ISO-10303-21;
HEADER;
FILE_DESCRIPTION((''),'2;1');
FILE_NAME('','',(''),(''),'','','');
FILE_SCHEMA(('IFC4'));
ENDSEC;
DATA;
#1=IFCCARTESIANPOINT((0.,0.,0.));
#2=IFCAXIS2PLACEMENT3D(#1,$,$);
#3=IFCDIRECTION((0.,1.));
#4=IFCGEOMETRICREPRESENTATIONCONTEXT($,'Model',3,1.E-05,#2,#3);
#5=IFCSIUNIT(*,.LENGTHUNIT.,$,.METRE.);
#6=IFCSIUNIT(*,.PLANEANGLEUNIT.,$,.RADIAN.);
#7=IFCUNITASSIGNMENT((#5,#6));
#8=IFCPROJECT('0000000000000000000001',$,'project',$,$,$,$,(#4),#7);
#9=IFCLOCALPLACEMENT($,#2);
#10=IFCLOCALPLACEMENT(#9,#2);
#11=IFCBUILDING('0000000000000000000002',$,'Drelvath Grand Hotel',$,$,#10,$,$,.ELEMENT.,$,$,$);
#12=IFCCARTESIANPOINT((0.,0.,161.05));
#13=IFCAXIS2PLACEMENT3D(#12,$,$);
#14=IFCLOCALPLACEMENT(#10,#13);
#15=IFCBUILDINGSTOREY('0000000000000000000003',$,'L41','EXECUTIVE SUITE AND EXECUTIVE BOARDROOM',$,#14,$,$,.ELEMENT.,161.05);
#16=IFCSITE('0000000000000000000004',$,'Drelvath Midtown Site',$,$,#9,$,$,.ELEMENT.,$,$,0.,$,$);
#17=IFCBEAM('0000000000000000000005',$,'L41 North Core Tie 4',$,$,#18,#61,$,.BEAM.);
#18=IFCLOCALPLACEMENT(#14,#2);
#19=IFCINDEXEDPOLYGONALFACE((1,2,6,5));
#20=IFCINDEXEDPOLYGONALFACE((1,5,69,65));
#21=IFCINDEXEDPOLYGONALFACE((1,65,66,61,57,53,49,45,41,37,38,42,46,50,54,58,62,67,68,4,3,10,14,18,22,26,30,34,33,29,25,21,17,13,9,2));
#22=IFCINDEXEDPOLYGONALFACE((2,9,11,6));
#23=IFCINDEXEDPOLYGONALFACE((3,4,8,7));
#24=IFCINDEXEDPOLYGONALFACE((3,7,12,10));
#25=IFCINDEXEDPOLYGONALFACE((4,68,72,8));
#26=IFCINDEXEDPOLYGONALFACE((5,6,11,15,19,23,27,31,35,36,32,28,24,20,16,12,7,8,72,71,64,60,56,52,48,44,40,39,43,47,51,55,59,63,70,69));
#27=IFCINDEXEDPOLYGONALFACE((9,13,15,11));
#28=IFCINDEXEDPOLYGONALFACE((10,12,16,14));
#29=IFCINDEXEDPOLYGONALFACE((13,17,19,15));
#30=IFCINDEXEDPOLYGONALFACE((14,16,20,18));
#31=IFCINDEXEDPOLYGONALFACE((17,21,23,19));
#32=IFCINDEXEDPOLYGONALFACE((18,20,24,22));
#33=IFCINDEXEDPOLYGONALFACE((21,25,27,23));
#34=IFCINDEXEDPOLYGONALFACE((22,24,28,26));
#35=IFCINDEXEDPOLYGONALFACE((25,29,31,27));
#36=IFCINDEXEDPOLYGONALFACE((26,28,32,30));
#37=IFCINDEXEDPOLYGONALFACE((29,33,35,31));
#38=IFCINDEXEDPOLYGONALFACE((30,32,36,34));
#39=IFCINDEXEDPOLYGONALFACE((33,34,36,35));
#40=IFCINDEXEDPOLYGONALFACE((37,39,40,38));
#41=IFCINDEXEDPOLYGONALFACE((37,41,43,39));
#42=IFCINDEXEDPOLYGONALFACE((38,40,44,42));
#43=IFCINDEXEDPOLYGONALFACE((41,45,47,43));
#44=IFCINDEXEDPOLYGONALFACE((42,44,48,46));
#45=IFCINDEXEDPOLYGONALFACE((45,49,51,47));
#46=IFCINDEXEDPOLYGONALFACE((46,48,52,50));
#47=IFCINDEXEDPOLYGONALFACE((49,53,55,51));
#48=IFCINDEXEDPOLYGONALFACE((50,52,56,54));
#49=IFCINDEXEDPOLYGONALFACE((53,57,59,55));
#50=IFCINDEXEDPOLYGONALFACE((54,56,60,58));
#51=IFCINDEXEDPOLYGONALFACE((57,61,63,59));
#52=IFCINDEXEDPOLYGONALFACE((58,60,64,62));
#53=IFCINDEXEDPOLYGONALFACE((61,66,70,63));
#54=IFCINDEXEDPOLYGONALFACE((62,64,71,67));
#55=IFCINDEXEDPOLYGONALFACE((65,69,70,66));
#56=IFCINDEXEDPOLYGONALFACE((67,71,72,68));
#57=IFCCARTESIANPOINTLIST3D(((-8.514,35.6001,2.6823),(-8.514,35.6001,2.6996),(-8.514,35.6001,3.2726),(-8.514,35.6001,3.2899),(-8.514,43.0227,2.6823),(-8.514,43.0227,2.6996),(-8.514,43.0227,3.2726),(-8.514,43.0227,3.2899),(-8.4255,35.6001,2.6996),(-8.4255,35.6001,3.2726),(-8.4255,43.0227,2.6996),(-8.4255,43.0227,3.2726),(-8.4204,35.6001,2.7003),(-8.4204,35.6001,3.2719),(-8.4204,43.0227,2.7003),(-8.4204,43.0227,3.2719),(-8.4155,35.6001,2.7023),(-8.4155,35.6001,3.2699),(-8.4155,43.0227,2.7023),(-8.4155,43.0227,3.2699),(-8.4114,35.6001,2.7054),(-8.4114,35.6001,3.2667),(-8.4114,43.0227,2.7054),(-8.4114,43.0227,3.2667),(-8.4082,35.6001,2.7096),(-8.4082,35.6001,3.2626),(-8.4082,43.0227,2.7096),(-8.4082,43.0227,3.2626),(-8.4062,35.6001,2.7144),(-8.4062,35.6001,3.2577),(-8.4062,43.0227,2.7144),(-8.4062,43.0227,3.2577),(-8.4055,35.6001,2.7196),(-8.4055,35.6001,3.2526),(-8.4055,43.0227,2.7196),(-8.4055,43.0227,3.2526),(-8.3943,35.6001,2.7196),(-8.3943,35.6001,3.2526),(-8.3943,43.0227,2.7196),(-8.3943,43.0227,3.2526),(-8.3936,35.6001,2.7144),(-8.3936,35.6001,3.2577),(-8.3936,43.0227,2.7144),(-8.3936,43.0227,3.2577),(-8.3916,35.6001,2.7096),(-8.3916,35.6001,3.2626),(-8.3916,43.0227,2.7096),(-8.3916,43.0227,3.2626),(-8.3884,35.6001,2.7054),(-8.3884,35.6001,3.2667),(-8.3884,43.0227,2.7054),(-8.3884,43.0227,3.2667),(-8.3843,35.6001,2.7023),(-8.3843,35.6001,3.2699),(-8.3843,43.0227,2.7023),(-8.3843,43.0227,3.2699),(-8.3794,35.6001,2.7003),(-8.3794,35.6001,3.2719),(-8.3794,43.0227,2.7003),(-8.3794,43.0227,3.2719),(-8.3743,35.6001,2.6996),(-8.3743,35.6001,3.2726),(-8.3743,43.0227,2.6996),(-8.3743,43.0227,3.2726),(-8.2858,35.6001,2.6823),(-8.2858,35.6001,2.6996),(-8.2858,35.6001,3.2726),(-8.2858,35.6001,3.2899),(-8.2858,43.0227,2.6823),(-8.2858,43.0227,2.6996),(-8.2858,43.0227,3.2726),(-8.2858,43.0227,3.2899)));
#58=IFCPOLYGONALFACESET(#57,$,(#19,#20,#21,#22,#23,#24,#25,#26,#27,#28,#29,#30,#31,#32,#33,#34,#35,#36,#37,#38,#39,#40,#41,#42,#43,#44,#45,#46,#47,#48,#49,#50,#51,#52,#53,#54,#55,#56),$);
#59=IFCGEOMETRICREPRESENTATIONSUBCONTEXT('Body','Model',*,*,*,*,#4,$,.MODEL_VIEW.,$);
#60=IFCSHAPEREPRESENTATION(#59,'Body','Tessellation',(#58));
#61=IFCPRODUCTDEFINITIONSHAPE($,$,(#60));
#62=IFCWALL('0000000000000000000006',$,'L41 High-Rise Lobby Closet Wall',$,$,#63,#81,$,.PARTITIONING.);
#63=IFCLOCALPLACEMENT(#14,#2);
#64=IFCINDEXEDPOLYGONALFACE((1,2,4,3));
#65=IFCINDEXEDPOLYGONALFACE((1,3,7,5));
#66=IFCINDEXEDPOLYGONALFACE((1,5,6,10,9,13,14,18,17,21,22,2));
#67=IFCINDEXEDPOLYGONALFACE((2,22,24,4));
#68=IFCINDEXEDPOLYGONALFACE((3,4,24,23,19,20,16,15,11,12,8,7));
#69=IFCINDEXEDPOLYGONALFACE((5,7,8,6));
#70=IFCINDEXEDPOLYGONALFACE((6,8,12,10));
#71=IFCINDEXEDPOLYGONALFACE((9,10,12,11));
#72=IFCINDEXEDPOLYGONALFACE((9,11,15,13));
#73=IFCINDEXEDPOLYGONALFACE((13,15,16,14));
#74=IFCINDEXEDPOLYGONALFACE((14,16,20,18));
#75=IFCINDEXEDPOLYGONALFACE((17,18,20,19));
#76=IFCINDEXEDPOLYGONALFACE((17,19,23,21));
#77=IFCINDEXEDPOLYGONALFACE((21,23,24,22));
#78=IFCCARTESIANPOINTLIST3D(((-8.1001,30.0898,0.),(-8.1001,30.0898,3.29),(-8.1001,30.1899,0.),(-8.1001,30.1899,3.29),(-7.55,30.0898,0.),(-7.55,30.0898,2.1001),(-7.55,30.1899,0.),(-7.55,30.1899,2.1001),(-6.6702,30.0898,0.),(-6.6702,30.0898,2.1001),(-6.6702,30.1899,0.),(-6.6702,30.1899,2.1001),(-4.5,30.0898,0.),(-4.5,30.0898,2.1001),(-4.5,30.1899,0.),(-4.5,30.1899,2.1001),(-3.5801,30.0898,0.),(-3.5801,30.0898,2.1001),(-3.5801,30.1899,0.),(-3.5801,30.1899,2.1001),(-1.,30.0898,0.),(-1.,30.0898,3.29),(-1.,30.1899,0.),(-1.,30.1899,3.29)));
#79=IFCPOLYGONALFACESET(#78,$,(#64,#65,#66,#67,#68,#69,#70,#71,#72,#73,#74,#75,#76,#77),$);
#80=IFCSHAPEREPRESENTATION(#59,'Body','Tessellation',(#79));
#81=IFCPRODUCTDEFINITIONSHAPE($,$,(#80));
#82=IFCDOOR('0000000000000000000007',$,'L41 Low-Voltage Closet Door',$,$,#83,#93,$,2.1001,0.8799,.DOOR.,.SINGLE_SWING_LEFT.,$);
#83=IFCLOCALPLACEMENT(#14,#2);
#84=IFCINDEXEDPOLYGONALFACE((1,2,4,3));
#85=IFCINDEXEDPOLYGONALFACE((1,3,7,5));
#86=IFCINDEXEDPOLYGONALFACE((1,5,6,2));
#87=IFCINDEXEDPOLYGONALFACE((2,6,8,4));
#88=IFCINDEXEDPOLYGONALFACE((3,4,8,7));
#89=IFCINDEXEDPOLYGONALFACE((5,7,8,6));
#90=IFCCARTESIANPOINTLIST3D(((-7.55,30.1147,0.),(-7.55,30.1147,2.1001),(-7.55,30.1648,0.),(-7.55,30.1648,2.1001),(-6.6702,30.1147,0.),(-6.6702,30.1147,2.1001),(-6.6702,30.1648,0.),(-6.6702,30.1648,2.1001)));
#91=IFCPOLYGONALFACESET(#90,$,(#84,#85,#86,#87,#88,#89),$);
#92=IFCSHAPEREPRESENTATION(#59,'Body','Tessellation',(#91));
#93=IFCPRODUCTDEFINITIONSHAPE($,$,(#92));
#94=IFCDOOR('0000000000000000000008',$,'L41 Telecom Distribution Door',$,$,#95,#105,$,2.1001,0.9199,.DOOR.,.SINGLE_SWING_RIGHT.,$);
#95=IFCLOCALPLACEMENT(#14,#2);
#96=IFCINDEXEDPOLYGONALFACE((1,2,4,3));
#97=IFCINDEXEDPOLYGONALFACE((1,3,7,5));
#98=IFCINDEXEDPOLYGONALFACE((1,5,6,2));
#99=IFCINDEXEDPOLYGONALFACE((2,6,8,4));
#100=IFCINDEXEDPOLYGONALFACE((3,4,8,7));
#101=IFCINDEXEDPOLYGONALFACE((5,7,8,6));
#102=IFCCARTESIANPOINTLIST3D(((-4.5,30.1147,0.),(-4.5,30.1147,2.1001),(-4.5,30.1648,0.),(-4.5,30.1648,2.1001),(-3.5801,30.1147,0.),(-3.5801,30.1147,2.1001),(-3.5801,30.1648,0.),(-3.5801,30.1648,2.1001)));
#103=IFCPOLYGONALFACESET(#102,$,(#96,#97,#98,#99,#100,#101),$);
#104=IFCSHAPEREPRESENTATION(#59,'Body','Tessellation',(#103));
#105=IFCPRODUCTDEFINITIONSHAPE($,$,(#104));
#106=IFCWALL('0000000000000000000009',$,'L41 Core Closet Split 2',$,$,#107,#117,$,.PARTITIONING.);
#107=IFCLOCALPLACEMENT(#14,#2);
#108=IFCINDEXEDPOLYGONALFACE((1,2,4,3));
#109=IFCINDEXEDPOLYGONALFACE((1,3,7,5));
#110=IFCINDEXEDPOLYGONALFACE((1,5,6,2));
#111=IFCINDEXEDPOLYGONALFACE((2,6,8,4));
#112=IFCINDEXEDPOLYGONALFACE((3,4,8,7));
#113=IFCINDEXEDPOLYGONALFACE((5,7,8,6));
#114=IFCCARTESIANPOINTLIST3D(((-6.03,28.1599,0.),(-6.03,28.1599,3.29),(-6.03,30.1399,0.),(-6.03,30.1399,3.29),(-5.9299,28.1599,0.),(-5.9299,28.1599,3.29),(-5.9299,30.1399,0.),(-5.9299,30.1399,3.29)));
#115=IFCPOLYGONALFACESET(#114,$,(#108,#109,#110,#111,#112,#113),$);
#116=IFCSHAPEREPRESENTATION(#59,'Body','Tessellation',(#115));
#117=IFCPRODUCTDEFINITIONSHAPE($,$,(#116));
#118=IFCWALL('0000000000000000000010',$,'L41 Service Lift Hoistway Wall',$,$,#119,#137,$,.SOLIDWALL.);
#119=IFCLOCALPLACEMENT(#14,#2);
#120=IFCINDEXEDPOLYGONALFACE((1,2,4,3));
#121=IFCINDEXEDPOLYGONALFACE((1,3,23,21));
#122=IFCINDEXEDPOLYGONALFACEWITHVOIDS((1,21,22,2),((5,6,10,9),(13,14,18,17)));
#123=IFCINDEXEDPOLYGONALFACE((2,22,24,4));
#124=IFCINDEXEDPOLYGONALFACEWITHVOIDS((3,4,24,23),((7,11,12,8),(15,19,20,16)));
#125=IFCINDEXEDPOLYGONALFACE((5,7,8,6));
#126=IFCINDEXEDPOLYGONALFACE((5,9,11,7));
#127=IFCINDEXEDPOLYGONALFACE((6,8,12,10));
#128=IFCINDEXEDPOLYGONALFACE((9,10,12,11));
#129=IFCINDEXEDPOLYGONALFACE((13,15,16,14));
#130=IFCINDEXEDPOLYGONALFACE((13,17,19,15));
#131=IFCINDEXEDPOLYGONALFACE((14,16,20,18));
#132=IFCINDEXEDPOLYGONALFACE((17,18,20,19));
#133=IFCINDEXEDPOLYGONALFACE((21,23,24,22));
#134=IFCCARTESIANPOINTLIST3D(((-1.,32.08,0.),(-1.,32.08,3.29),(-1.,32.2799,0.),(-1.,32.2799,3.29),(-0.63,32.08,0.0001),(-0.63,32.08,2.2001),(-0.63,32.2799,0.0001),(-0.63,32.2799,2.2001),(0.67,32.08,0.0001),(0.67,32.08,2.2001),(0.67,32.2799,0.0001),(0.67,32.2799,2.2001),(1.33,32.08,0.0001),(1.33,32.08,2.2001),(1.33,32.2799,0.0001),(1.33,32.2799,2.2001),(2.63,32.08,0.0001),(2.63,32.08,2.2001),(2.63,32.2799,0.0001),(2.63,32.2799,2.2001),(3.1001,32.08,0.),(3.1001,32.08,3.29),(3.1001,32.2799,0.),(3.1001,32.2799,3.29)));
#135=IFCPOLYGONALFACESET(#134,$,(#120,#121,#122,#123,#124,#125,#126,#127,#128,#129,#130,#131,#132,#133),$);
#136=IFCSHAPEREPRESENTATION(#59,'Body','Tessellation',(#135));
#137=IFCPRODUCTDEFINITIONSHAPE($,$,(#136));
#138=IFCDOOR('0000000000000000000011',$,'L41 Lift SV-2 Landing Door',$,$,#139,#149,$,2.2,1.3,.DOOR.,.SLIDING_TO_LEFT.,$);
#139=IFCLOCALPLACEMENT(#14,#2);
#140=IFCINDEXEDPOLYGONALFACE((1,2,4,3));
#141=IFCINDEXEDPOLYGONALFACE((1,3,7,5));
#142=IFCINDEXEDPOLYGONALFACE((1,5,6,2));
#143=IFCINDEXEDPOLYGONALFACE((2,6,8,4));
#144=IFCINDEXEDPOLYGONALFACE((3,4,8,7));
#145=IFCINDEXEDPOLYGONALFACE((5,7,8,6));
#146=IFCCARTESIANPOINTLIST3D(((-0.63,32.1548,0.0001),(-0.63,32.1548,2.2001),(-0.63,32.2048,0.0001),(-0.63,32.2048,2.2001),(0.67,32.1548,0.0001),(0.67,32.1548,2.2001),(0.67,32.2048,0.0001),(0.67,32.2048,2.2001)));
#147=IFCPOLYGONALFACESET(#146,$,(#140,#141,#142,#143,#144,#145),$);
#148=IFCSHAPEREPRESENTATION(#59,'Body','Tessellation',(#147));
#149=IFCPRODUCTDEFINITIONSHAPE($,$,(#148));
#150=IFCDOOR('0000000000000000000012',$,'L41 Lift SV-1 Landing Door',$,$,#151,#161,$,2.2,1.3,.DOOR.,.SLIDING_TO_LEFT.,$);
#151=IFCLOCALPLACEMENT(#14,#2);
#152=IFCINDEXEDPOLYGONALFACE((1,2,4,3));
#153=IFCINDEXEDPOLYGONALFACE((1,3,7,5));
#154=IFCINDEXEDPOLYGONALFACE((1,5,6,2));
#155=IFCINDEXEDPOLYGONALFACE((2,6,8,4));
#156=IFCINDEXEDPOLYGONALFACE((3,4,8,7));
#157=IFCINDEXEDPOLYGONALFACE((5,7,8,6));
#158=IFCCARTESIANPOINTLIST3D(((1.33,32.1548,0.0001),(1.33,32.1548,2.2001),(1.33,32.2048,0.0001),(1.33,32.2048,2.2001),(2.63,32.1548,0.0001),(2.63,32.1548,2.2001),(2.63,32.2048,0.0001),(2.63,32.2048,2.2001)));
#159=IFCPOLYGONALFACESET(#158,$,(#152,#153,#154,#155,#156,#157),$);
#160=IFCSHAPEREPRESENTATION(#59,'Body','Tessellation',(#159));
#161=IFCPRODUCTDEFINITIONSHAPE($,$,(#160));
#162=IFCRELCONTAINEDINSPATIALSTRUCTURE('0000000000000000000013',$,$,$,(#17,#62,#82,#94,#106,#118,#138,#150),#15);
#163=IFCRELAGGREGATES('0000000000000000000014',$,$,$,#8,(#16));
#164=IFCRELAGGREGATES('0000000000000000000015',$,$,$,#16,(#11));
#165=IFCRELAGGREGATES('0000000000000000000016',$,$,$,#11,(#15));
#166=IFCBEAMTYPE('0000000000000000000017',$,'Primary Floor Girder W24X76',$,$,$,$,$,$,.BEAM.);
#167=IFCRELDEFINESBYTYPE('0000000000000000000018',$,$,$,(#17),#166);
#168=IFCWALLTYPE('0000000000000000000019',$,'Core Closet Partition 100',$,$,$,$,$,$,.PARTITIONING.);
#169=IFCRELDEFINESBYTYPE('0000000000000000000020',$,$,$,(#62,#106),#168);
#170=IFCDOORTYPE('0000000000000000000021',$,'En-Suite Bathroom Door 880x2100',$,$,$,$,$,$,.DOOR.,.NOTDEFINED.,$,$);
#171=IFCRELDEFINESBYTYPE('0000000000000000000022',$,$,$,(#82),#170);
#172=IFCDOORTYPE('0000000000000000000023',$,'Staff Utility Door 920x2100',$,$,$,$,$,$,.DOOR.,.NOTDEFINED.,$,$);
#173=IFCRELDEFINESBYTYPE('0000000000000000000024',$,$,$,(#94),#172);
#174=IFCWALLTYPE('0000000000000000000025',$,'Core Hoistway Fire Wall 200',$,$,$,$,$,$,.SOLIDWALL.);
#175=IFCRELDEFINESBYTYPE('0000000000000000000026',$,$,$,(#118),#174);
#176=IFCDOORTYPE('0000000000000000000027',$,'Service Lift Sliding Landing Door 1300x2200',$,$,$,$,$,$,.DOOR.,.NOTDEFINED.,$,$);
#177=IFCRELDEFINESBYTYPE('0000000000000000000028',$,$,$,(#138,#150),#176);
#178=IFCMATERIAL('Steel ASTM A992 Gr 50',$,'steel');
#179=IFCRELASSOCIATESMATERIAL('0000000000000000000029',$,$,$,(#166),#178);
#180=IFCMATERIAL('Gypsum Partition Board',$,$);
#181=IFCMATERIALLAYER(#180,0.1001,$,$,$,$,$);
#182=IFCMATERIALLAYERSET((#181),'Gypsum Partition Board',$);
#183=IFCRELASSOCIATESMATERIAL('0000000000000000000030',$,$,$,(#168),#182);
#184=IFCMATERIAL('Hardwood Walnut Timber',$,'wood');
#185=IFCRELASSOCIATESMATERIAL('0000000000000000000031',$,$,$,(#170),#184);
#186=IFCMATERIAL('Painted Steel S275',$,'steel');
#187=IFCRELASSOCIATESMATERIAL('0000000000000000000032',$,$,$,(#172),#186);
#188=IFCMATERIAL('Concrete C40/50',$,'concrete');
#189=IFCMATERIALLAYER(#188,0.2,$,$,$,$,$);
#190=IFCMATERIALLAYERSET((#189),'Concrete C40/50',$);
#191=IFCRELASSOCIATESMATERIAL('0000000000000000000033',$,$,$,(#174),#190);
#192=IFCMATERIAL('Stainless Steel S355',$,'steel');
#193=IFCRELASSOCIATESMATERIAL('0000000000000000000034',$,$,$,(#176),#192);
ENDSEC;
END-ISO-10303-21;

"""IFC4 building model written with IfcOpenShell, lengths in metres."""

from ifc_helpers import new_model, si_unit, direction, frame, frame_2d, origin, origin_2d, place, context, subcontext, project, spatial, rectangle, i_section, extrude, material, layer, layer_set, material_profile, profile_set, type_object, element, fill, save


model = new_model("IFC4")

# Units and contexts
model_context = context("Model", 3, precision=1e-05, world=origin(), true_north=direction((0.0, 1.0)))
body_context = subcontext(model_context, "Body", "Model", "MODEL_VIEW")
ifc_project = project(units=[si_unit("LENGTHUNIT", "METRE"), si_unit("PLANEANGLEUNIT", "RADIAN")], contexts=[model_context])

# Site, building, storey
site_placement = place(None, origin())
site = spatial("IfcSite", under=ifc_project, at=site_placement, Name="Drelvath Midtown Site", CompositionType="ELEMENT", RefElevation=0.0)
building_placement = place(site_placement, origin())
building = spatial("IfcBuilding", under=site, at=building_placement, Name="Drelvath Grand Hotel", CompositionType="ELEMENT")
storey_placement = place(building_placement, frame((0.0, 0.0, 161.05)))
storey = spatial("IfcBuildingStorey", under=building, at=storey_placement, Name="L41", Description="EXECUTIVE SUITE AND EXECUTIVE BOARDROOM", CompositionType="ELEMENT", Elevation=161.05)

# Beam
ifc_material_1 = material(Name="Steel ASTM A992 Gr 50", Category="steel")
ifc_material_profile_1 = material_profile(ifc_material_1, i_section(OverallWidth=0.2283, OverallDepth=0.6077, WebThickness=0.0112, FlangeThickness=0.0173, FilletRadius=0.02, at=origin_2d()), Name="W24X76")
ifc_profile_set_1 = profile_set([ifc_material_profile_1], Name="Steel ASTM A992 Gr 50")
beam_type_1 = type_object("IfcBeamType", Name="Primary Floor Girder W24X76", PredefinedType="BEAM", material=ifc_profile_set_1)
for number, where, z_axis, x_axis, name in (
    (1, (-8.3999, 35.6001, 2.9861), (0.0, 1.0, 0.0), (-1.0, 0.0, 0.0), "L41 North Core Tie 4"),
):
    element("IfcBeam", number, at=place(storey_placement, frame(where, z_axis=z_axis, x_axis=x_axis)), inside=storey, type_object=beam_type_1, Name=name, PredefinedType="BEAM", context=body_context, shape_type="SweptSolid", body=[
        extrude(i_section(OverallWidth=0.2283, OverallDepth=0.6077, WebThickness=0.0112, FlangeThickness=0.0173, FilletRadius=0.02, at=origin_2d()), origin(), (0.0, 0.0, 1.0), 7.4226),
    ])

# Wall, openings, doors
ifc_material_2 = material(Name="Gypsum Partition Board")
ifc_layer_1 = layer(ifc_material_2, 0.1001)
ifc_layer_set_1 = layer_set([ifc_layer_1], Name="Gypsum Partition Board")
wall_type_1 = type_object("IfcWallType", Name="Core Closet Partition 100", PredefinedType="PARTITIONING", material=ifc_layer_set_1)
wall_1_placement = place(storey_placement, frame((-8.1001, 30.1399, 0.0), z_axis=(0.0, 0.0, 1.0), x_axis=(1.0, 0.0, 0.0)))
wall_1 = element("IfcWall", 2, at=wall_1_placement, inside=storey, type_object=wall_type_1, Name="L41 High-Rise Lobby Closet Wall", PredefinedType="PARTITIONING", context=body_context, shape_type="SweptSolid", body=[
    extrude(rectangle(XDim=7.1001, YDim=0.1001, at=frame_2d((3.55, 0.0))), origin(), (0.0, 0.0, 1.0), 3.29),
])
opening_1_placement = place(wall_1_placement, frame((0.55, 0.0, 0.0)))
opening_1 = element("IfcOpeningElement", 3, at=opening_1_placement, cuts=wall_1, PredefinedType="OPENING", context=body_context, shape_type="SweptSolid", body=[
    extrude(rectangle(XDim=0.8799, YDim=2.1001, at=frame_2d((0.4399, 1.05))), frame((0.0, 0.0601, 0.0), z_axis=(0.0, -1.0, 0.0), x_axis=(1.0, 0.0, 0.0)), (0.0, 0.0, 1.0), 0.1201),
])
opening_2_placement = place(wall_1_placement, frame((3.6001, 0.0, 0.0)))
opening_2 = element("IfcOpeningElement", 4, at=opening_2_placement, cuts=wall_1, PredefinedType="OPENING", context=body_context, shape_type="SweptSolid", body=[
    extrude(rectangle(XDim=0.9199, YDim=2.1001, at=frame_2d((0.46, 1.05))), frame((0.0, 0.0601, 0.0), z_axis=(0.0, -1.0, 0.0), x_axis=(1.0, 0.0, 0.0)), (0.0, 0.0, 1.0), 0.1201),
])
ifc_material_3 = material(Name="Hardwood Walnut Timber", Category="wood")
door_type_1 = type_object("IfcDoorType", Name="En-Suite Bathroom Door 880x2100", OperationType="NOTDEFINED", PredefinedType="DOOR", material=ifc_material_3)
door_1_placement = place(opening_1_placement, origin())
door_1 = element("IfcDoor", 5, at=door_1_placement, inside=storey, type_object=door_type_1, Name="L41 Low-Voltage Closet Door", OperationType="SINGLE_SWING_LEFT", OverallHeight=2.1001, OverallWidth=0.8799, PredefinedType="DOOR", context=body_context, shape_type="SweptSolid", body=[
    extrude(rectangle(XDim=0.8799, YDim=2.1001, at=frame_2d((0.4399, 1.05))), frame((0.0, 0.0249, 0.0), z_axis=(0.0, -1.0, 0.0), x_axis=(1.0, 0.0, 0.0)), (0.0, 0.0, 1.0), 0.05),
])
fill(opening_1, door_1)
ifc_material_4 = material(Name="Painted Steel S275", Category="steel")
door_type_2 = type_object("IfcDoorType", Name="Staff Utility Door 920x2100", OperationType="NOTDEFINED", PredefinedType="DOOR", material=ifc_material_4)
door_2_placement = place(opening_2_placement, origin())
door_2 = element("IfcDoor", 6, at=door_2_placement, inside=storey, type_object=door_type_2, Name="L41 Telecom Distribution Door", OperationType="SINGLE_SWING_RIGHT", OverallHeight=2.1001, OverallWidth=0.9199, PredefinedType="DOOR", context=body_context, shape_type="SweptSolid", body=[
    extrude(rectangle(XDim=0.9199, YDim=2.1001, at=frame_2d((0.46, 1.05))), frame((0.0, 0.0249, 0.0), z_axis=(0.0, -1.0, 0.0), x_axis=(1.0, 0.0, 0.0)), (0.0, 0.0, 1.0), 0.05),
])
fill(opening_2, door_2)

# Wall
wall_2_placement = place(storey_placement, frame((-5.98, 28.1599, 0.0), z_axis=(0.0, 0.0, 1.0), x_axis=(0.0, 1.0, 0.0)))
element("IfcWall", 7, at=wall_2_placement, inside=storey, type_object=wall_type_1, Name="L41 Core Closet Split 2", PredefinedType="PARTITIONING", context=body_context, shape_type="SweptSolid", body=[
    extrude(rectangle(XDim=1.98, YDim=0.1001, at=frame_2d((0.99, 0.0))), origin(), (0.0, 0.0, 1.0), 3.29),
])

# Wall, openings, doors
ifc_material_5 = material(Name="Concrete C40/50", Category="concrete")
ifc_layer_2 = layer(ifc_material_5, 0.2)
ifc_layer_set_2 = layer_set([ifc_layer_2], Name="Concrete C40/50")
wall_type_2 = type_object("IfcWallType", Name="Core Hoistway Fire Wall 200", PredefinedType="SOLIDWALL", material=ifc_layer_set_2)
wall_3_placement = place(storey_placement, frame((-1.0, 32.1799, 0.0), z_axis=(0.0, 0.0, 1.0), x_axis=(1.0, 0.0, 0.0)))
wall_3 = element("IfcWall", 8, at=wall_3_placement, inside=storey, type_object=wall_type_2, Name="L41 Service Lift Hoistway Wall", PredefinedType="SOLIDWALL", context=body_context, shape_type="SweptSolid", body=[
    extrude(rectangle(XDim=4.1001, YDim=0.2, at=frame_2d((2.05, 0.0))), origin(), (0.0, 0.0, 1.0), 3.29),
])
opening_3_placement = place(wall_3_placement, frame((0.3701, 0.0, 0.0)))
opening_3 = element("IfcOpeningElement", 9, at=opening_3_placement, cuts=wall_3, PredefinedType="OPENING", context=body_context, shape_type="SweptSolid", body=[
    extrude(rectangle(XDim=1.3, YDim=2.2, at=frame_2d((0.6499, 1.1001))), frame((0.0, 0.1099, 0.0), z_axis=(0.0, -1.0, 0.0), x_axis=(1.0, 0.0, 0.0)), (0.0, 0.0, 1.0), 0.22),
])
opening_4_placement = place(wall_3_placement, frame((2.3301, 0.0, 0.0)))
opening_4 = element("IfcOpeningElement", 10, at=opening_4_placement, cuts=wall_3, PredefinedType="OPENING", context=body_context, shape_type="SweptSolid", body=[
    extrude(rectangle(XDim=1.3, YDim=2.2, at=frame_2d((0.6499, 1.1001))), frame((0.0, 0.1099, 0.0), z_axis=(0.0, -1.0, 0.0), x_axis=(1.0, 0.0, 0.0)), (0.0, 0.0, 1.0), 0.22),
])
ifc_material_6 = material(Name="Stainless Steel S355", Category="steel")
door_type_3 = type_object("IfcDoorType", Name="Service Lift Sliding Landing Door 1300x2200", OperationType="NOTDEFINED", PredefinedType="DOOR", material=ifc_material_6)
door_3_placement = place(opening_3_placement, origin())
door_3 = element("IfcDoor", 11, at=door_3_placement, inside=storey, type_object=door_type_3, Name="L41 Lift SV-2 Landing Door", OperationType="SLIDING_TO_LEFT", OverallHeight=2.2, OverallWidth=1.3, PredefinedType="DOOR", context=body_context, shape_type="SweptSolid", body=[
    extrude(rectangle(XDim=1.3, YDim=2.2, at=frame_2d((0.6499, 1.1001))), frame((0.0, 0.0249, 0.0), z_axis=(0.0, -1.0, 0.0), x_axis=(1.0, 0.0, 0.0)), (0.0, 0.0, 1.0), 0.05),
])
fill(opening_3, door_3)
door_4_placement = place(opening_4_placement, origin())
door_4 = element("IfcDoor", 12, at=door_4_placement, inside=storey, type_object=door_type_3, Name="L41 Lift SV-1 Landing Door", OperationType="SLIDING_TO_LEFT", OverallHeight=2.2, OverallWidth=1.3, PredefinedType="DOOR", context=body_context, shape_type="SweptSolid", body=[
    extrude(rectangle(XDim=1.3, YDim=2.2, at=frame_2d((0.6499, 1.1001))), frame((0.0, 0.0249, 0.0), z_axis=(0.0, -1.0, 0.0), x_axis=(1.0, 0.0, 0.0)), (0.0, 0.0, 1.0), 0.05),
])
fill(opening_4, door_4)

save(model, "model.ifc")
